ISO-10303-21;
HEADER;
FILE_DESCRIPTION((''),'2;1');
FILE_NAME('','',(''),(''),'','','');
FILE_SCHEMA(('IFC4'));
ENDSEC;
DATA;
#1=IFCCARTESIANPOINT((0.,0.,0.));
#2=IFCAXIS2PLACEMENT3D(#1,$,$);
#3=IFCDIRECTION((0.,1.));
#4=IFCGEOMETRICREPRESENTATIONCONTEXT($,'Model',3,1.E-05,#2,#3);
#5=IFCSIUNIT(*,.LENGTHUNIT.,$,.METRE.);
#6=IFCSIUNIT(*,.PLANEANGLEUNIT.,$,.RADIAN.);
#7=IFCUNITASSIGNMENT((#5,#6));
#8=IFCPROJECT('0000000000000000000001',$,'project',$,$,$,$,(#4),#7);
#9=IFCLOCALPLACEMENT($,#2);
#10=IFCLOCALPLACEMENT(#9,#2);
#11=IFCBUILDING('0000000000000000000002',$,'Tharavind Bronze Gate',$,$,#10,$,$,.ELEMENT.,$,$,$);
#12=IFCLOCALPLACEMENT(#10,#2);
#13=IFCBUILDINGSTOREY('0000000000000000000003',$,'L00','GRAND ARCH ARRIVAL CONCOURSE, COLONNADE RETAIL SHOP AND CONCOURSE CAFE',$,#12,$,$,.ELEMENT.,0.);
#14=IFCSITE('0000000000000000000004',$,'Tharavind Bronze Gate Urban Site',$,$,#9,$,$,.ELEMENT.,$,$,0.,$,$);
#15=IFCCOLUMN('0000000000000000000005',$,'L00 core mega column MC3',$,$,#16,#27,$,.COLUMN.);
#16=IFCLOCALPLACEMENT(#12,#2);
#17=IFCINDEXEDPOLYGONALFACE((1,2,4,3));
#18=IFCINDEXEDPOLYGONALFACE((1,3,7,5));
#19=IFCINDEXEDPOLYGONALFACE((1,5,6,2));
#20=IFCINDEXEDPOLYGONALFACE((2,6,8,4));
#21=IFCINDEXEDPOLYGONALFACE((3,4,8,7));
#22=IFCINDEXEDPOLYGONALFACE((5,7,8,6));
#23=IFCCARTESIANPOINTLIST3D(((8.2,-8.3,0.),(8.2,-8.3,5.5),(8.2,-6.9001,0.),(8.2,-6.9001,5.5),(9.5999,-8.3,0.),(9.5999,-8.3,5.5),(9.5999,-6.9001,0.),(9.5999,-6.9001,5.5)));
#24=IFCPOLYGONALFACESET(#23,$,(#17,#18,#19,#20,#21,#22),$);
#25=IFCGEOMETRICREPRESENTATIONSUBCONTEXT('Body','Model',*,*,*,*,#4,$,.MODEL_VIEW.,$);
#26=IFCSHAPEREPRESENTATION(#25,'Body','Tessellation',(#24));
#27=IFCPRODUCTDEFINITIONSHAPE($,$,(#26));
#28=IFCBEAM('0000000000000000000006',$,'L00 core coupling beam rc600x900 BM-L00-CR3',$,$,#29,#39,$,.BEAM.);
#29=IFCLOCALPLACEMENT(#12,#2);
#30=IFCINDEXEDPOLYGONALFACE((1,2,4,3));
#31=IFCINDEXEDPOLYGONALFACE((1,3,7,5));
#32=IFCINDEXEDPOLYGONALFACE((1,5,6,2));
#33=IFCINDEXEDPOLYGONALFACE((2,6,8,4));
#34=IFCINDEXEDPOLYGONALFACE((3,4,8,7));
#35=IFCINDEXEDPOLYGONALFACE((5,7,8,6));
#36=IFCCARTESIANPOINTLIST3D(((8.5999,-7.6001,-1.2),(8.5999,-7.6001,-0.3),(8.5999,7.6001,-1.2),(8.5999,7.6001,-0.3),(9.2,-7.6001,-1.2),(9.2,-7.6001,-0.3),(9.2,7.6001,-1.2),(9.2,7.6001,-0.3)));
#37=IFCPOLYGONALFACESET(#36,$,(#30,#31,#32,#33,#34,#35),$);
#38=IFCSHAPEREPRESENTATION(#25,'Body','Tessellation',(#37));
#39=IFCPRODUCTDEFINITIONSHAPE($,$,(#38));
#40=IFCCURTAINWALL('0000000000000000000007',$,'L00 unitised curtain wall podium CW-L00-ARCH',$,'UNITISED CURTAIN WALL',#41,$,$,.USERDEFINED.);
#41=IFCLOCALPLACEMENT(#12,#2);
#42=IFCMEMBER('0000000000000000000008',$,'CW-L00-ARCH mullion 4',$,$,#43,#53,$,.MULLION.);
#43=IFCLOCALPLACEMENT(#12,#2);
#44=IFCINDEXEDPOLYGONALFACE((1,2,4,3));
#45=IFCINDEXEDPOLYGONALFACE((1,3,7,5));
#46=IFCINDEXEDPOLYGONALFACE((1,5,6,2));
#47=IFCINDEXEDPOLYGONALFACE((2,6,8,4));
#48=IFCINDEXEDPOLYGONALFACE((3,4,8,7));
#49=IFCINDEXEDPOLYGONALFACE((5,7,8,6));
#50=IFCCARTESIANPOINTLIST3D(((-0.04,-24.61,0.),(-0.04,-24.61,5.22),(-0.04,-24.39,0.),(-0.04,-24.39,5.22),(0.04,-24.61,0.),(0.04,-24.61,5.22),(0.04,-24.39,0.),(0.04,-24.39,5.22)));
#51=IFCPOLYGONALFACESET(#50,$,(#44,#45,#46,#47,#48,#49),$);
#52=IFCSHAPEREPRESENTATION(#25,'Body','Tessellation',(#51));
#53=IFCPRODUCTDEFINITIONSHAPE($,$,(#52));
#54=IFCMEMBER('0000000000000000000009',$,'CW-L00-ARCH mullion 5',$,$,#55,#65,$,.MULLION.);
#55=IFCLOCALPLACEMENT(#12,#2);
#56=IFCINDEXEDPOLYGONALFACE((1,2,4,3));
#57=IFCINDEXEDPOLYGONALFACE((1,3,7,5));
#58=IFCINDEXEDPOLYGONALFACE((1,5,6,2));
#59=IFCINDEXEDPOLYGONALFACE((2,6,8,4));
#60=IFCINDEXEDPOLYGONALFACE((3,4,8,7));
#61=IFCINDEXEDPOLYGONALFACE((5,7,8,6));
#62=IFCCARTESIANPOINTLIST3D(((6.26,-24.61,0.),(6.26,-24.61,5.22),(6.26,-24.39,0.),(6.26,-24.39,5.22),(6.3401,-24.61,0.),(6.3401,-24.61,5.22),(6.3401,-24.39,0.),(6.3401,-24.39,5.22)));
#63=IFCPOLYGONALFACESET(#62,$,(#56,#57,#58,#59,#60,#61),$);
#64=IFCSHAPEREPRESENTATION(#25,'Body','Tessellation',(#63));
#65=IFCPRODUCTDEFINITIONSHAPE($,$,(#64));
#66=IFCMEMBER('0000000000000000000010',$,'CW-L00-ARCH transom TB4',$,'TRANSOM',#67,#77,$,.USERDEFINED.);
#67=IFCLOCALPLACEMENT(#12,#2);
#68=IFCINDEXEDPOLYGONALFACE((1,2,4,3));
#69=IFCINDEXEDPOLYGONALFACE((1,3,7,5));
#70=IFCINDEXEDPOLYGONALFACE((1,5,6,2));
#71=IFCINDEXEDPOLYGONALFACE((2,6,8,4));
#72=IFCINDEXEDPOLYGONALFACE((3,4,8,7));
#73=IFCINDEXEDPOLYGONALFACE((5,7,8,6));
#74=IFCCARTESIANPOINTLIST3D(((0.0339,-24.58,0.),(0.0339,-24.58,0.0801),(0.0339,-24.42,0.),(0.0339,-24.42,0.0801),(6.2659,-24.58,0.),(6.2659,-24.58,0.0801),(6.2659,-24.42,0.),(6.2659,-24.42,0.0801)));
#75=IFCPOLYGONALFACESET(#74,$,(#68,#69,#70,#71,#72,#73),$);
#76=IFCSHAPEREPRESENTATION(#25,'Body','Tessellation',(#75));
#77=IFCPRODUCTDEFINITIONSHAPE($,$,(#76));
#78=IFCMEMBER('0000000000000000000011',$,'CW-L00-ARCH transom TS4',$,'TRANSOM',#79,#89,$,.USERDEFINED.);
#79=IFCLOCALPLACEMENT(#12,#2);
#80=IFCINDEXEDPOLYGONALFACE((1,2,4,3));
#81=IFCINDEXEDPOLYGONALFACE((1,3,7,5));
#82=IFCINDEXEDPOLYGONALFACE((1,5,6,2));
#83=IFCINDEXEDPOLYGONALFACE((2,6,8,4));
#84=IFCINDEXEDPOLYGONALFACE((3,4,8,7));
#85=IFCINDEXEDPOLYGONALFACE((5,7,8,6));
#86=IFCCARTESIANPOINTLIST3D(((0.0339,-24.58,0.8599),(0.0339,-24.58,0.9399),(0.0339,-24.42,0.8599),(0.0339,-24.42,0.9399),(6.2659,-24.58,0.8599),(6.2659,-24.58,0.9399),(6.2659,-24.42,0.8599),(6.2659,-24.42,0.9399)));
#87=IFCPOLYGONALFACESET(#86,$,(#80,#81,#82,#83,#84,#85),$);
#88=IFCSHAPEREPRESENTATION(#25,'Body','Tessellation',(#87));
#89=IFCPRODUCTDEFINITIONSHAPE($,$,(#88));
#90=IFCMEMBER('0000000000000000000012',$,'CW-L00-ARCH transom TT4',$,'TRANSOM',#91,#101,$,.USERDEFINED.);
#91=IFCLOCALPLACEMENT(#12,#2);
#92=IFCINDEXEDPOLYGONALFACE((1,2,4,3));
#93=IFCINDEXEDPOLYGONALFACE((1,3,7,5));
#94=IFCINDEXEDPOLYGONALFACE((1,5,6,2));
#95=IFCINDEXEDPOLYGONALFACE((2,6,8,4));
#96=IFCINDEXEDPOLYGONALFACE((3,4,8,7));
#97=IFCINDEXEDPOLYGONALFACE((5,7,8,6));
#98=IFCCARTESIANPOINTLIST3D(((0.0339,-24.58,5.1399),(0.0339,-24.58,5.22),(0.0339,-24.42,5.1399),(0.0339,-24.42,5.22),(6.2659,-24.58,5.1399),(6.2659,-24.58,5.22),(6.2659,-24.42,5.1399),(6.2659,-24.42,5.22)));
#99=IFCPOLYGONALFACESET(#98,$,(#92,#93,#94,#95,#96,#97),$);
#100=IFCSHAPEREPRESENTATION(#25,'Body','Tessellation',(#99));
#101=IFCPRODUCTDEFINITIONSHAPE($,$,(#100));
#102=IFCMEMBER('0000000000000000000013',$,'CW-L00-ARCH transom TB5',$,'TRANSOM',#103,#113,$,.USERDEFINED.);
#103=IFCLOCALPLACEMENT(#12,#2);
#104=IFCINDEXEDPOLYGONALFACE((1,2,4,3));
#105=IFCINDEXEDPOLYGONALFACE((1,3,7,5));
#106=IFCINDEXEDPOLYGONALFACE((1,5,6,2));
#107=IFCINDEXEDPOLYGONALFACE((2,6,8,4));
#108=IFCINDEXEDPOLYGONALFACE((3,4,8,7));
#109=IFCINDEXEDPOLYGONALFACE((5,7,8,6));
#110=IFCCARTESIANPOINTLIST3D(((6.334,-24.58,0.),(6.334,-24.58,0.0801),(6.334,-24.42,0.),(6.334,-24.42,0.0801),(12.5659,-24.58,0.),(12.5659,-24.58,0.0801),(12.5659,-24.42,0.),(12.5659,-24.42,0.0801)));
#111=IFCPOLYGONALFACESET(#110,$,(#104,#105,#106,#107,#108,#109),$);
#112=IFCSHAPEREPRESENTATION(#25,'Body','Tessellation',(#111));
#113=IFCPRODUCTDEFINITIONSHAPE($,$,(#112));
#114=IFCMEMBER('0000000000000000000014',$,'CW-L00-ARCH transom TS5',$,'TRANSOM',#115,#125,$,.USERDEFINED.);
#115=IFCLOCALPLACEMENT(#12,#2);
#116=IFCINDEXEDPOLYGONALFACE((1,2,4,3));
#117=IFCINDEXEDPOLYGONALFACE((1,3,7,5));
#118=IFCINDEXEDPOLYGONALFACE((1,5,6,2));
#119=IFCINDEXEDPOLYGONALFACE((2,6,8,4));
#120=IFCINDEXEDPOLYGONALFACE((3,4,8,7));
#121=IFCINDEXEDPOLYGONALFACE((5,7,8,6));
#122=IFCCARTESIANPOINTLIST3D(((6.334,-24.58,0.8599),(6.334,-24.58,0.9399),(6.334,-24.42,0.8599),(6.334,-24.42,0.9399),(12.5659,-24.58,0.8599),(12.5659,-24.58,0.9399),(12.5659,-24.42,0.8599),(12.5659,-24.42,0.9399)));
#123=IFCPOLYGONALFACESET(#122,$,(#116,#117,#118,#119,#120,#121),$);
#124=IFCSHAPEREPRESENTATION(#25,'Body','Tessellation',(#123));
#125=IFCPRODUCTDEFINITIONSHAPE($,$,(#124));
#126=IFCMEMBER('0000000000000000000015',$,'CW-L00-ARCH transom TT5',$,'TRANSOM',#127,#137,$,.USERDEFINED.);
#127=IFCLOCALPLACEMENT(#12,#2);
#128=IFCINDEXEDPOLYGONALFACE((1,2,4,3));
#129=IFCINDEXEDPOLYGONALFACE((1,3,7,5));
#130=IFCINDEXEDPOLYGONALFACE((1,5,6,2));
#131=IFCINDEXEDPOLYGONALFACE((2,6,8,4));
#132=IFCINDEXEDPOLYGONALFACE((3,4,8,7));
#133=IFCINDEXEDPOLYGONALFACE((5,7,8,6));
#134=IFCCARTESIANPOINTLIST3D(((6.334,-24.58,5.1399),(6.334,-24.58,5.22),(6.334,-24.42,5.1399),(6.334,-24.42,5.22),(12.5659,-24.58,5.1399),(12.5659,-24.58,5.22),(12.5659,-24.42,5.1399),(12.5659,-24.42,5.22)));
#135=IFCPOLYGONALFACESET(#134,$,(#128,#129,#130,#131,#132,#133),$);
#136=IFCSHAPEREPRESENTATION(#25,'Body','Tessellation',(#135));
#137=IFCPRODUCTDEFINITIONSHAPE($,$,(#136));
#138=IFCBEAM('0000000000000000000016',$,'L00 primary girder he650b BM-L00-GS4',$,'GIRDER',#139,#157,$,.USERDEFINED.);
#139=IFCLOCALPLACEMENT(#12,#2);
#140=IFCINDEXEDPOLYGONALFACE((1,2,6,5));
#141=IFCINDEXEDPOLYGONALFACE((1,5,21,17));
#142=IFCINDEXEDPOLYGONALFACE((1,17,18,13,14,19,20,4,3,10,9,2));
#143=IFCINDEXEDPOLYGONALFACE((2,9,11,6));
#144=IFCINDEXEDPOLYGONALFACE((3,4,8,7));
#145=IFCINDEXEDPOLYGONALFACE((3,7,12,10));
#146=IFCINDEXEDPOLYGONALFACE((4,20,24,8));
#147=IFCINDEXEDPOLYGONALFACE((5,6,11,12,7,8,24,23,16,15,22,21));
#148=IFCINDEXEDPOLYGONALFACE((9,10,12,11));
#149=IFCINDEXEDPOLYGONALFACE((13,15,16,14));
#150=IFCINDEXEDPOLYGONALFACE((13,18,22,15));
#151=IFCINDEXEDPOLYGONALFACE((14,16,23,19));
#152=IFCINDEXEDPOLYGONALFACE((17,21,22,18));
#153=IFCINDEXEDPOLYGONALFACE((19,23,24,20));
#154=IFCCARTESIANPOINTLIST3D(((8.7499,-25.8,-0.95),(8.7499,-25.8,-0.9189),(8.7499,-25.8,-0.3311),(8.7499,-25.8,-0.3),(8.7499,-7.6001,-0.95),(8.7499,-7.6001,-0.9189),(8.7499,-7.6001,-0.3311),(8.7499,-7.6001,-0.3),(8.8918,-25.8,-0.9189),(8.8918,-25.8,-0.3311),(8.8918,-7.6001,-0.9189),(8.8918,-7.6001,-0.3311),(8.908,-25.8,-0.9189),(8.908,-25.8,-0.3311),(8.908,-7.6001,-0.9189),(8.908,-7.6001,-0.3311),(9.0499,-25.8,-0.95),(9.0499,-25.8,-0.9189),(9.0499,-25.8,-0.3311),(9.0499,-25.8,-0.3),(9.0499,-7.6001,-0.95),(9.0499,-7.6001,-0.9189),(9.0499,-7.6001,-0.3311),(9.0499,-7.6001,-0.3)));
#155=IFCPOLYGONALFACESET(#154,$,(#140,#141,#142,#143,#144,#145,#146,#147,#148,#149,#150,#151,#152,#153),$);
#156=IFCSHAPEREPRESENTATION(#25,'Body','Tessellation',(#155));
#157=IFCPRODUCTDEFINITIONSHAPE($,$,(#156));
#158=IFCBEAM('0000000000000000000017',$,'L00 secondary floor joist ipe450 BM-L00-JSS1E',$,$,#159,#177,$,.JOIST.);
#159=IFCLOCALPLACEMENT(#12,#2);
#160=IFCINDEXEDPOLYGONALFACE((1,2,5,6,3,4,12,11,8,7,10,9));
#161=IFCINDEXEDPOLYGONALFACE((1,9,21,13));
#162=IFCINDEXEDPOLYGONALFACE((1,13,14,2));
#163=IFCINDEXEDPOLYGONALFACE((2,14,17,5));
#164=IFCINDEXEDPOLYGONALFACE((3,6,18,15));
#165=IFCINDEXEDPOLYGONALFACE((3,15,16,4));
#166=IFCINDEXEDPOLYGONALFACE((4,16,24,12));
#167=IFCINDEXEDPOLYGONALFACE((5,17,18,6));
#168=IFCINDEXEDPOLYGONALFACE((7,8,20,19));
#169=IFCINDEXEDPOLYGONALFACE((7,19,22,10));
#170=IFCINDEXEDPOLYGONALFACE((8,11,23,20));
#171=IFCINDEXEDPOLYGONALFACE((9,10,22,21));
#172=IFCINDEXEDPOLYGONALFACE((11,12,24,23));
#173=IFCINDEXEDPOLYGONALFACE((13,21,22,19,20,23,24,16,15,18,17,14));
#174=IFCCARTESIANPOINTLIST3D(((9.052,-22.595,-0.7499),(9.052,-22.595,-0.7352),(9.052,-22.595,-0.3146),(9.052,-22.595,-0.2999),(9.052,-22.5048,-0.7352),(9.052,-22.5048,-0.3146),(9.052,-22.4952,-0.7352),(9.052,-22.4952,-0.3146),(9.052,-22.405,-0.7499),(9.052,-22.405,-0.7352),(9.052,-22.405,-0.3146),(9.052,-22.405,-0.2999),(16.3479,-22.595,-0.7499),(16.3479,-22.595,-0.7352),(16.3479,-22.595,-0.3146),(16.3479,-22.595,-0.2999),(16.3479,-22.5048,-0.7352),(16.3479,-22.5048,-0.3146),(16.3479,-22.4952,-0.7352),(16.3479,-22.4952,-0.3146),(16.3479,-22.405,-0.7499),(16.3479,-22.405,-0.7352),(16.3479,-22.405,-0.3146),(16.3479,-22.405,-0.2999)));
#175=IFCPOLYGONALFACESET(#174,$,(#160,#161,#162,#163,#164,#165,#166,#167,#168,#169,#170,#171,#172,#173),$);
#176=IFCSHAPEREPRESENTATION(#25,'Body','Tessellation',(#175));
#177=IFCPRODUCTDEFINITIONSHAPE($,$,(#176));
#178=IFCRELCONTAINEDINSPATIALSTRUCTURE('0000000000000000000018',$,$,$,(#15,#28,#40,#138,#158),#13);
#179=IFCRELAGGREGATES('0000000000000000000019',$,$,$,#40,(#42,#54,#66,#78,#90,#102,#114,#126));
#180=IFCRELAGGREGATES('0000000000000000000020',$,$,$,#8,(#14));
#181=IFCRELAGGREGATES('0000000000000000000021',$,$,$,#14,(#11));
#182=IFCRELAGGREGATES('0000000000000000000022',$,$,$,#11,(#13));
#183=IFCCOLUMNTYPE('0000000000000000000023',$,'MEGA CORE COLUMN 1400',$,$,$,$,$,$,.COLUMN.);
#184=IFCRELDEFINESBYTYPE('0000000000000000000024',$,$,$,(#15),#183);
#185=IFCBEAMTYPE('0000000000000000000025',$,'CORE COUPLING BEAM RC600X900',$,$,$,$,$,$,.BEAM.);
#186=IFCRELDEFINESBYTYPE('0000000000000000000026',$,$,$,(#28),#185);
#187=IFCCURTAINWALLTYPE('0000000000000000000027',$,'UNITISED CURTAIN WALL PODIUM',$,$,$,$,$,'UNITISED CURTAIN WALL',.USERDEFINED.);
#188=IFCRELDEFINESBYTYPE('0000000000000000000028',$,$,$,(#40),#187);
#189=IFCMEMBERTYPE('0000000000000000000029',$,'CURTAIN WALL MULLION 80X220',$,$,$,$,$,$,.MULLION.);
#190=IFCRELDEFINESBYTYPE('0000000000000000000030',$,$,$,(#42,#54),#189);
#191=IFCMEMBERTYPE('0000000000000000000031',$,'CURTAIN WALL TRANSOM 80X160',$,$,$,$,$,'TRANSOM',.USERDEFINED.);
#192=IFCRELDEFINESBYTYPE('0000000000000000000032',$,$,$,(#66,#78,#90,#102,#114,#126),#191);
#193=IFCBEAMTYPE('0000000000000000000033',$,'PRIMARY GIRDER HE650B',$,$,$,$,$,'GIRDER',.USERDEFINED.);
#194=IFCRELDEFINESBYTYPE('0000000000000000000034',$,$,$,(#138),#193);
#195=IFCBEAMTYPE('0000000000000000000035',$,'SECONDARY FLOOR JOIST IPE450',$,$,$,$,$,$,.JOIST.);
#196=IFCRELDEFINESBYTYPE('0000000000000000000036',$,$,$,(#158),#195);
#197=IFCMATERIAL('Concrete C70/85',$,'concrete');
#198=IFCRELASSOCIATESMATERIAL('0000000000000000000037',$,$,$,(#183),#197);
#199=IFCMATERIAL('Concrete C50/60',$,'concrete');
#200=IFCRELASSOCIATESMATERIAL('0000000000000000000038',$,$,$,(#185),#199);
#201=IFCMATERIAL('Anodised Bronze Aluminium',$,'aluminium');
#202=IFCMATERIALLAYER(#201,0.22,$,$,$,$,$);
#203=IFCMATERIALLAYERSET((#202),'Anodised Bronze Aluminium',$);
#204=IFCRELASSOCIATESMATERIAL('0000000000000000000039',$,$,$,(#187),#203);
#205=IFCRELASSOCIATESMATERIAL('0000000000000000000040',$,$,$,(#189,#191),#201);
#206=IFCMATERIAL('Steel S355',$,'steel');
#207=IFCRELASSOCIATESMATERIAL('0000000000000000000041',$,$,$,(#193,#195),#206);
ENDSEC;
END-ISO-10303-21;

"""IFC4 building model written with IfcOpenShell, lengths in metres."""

from ifc_helpers import new_model, si_unit, direction, frame, origin, origin_2d, place, context, subcontext, project, spatial, rectangle, i_section, extrude, material, layer, layer_set, material_profile, profile_set, type_object, element, aggregate, save


model = new_model("IFC4")

# Units and contexts
model_context = context("Model", 3, precision=1e-05, world=origin(), true_north=direction((0.0, 1.0)))
body_context = subcontext(model_context, "Body", "Model", "MODEL_VIEW")
ifc_project = project(units=[si_unit("LENGTHUNIT", "METRE"), si_unit("PLANEANGLEUNIT", "RADIAN")], contexts=[model_context])

# Site, building, storey
site_placement = place(None, origin())
site = spatial("IfcSite", under=ifc_project, at=site_placement, Name="Tharavind Bronze Gate Urban Site", CompositionType="ELEMENT", RefElevation=0.0)
building_placement = place(site_placement, origin())
building = spatial("IfcBuilding", under=site, at=building_placement, Name="Tharavind Bronze Gate", CompositionType="ELEMENT")
storey_placement = place(building_placement, origin())
storey = spatial("IfcBuildingStorey", under=building, at=storey_placement, Name="L00", Description="GRAND ARCH ARRIVAL CONCOURSE, COLONNADE RETAIL SHOP AND CONCOURSE CAFE", CompositionType="ELEMENT", Elevation=0.0)

# Column
ifc_material_1 = material(Name="Concrete C70/85", Category="concrete")
ifc_material_profile_1 = material_profile(ifc_material_1, rectangle(XDim=1.3999, YDim=1.3999, at=origin_2d()), Name="RCCOL1400")
ifc_profile_set_1 = profile_set([ifc_material_profile_1], Name="Concrete C70/85")
column_type = type_object("IfcColumnType", Name="MEGA CORE COLUMN 1400", PredefinedType="COLUMN", material=ifc_profile_set_1)
column_placement = place(storey_placement, frame((8.8999, -7.6001, 0.0), z_axis=(0.0, 0.0, 1.0), x_axis=(1.0, 0.0, 0.0)))
element("IfcColumn", 1, at=column_placement, inside=storey, type_object=column_type, Name="L00 core mega column MC3", PredefinedType="COLUMN", context=body_context, shape_type="SweptSolid", body=[
    extrude(rectangle(XDim=1.3999, YDim=1.3999, at=origin_2d()), origin(), (0.0, 0.0, 1.0), 5.5),
])

# Beam
ifc_material_2 = material(Name="Concrete C50/60", Category="concrete")
ifc_material_profile_2 = material_profile(ifc_material_2, rectangle(XDim=0.6001, YDim=0.8999, at=origin_2d()), Name="RCBM600X900")
ifc_profile_set_2 = profile_set([ifc_material_profile_2], Name="Concrete C50/60")
beam_type_1 = type_object("IfcBeamType", Name="CORE COUPLING BEAM RC600X900", PredefinedType="BEAM", material=ifc_profile_set_2)
beam_1_placement = place(storey_placement, frame((8.8999, -7.6001, -0.75), z_axis=(0.0, 1.0, 0.0), x_axis=(-1.0, 0.0, 0.0)))
element("IfcBeam", 2, at=beam_1_placement, inside=storey, type_object=beam_type_1, Name="L00 core coupling beam rc600x900 BM-L00-CR3", PredefinedType="BEAM", context=body_context, shape_type="SweptSolid", body=[
    extrude(rectangle(XDim=0.6001, YDim=0.8999, at=origin_2d()), origin(), (0.0, 0.0, 1.0), 15.2002),
])

# Curtain wall, members
ifc_material_3 = material(Name="Anodised Bronze Aluminium", Category="aluminium")
ifc_layer_1 = layer(ifc_material_3, 0.22)
ifc_layer_set_1 = layer_set([ifc_layer_1], Name="Anodised Bronze Aluminium")
curtain_wall_type = type_object("IfcCurtainWallType", Name="UNITISED CURTAIN WALL PODIUM", ElementType="UNITISED CURTAIN WALL", PredefinedType="USERDEFINED", material=ifc_layer_set_1)
curtain_wall_placement = place(storey_placement, origin())
curtain_wall = element("IfcCurtainWall", 3, at=curtain_wall_placement, inside=storey, type_object=curtain_wall_type, Name="L00 unitised curtain wall podium CW-L00-ARCH", ObjectType="UNITISED CURTAIN WALL", PredefinedType="USERDEFINED")
member_type_1 = type_object("IfcMemberType", Name="CURTAIN WALL MULLION 80X220", PredefinedType="MULLION", material=ifc_material_3)
member_1_placement = place(storey_placement, frame((0.0, -24.5, 0.0), z_axis=(0.0, 0.0, 1.0), x_axis=(1.0, 0.0, 0.0)))
member_1 = element("IfcMember", 4, at=member_1_placement, type_object=member_type_1, Name="CW-L00-ARCH mullion 4", PredefinedType="MULLION", context=body_context, shape_type="SweptSolid", body=[
    extrude(rectangle(XDim=0.0801, YDim=0.22, at=origin_2d()), origin(), (0.0, 0.0, 1.0), 5.22),
])
member_2_placement = place(storey_placement, frame((6.3, -24.5, 0.0), z_axis=(0.0, 0.0, 1.0), x_axis=(1.0, 0.0, 0.0)))
member_2 = element("IfcMember", 5, at=member_2_placement, type_object=member_type_1, Name="CW-L00-ARCH mullion 5", PredefinedType="MULLION", context=body_context, shape_type="SweptSolid", body=[
    extrude(rectangle(XDim=0.0801, YDim=0.22, at=origin_2d()), origin(), (0.0, 0.0, 1.0), 5.22),
])
member_type_2 = type_object("IfcMemberType", Name="CURTAIN WALL TRANSOM 80X160", ElementType="TRANSOM", PredefinedType="USERDEFINED", material=ifc_material_3)
member_3_placement = place(storey_placement, frame((3.1499, -24.5, 0.0), z_axis=(0.0, 0.0, 1.0), x_axis=(1.0, 0.0, 0.0)))
member_3 = element("IfcMember", 6, at=member_3_placement, type_object=member_type_2, Name="CW-L00-ARCH transom TB4", ObjectType="TRANSOM", PredefinedType="USERDEFINED", context=body_context, shape_type="SweptSolid", body=[
    extrude(rectangle(XDim=6.2319, YDim=0.1599, at=origin_2d()), origin(), (0.0, 0.0, 1.0), 0.0801),
])
member_4_placement = place(storey_placement, frame((3.1499, -24.5, 0.8599), z_axis=(0.0, 0.0, 1.0), x_axis=(1.0, 0.0, 0.0)))
member_4 = element("IfcMember", 7, at=member_4_placement, type_object=member_type_2, Name="CW-L00-ARCH transom TS4", ObjectType="TRANSOM", PredefinedType="USERDEFINED", context=body_context, shape_type="SweptSolid", body=[
    extrude(rectangle(XDim=6.2319, YDim=0.1599, at=origin_2d()), origin(), (0.0, 0.0, 1.0), 0.0801),
])
member_5_placement = place(storey_placement, frame((3.1499, -24.5, 5.1399), z_axis=(0.0, 0.0, 1.0), x_axis=(1.0, 0.0, 0.0)))
member_5 = element("IfcMember", 8, at=member_5_placement, type_object=member_type_2, Name="CW-L00-ARCH transom TT4", ObjectType="TRANSOM", PredefinedType="USERDEFINED", context=body_context, shape_type="SweptSolid", body=[
    extrude(rectangle(XDim=6.2319, YDim=0.1599, at=origin_2d()), origin(), (0.0, 0.0, 1.0), 0.0801),
])
member_6_placement = place(storey_placement, frame((9.45, -24.5, 0.0), z_axis=(0.0, 0.0, 1.0), x_axis=(1.0, 0.0, 0.0)))
member_6 = element("IfcMember", 9, at=member_6_placement, type_object=member_type_2, Name="CW-L00-ARCH transom TB5", ObjectType="TRANSOM", PredefinedType="USERDEFINED", context=body_context, shape_type="SweptSolid", body=[
    extrude(rectangle(XDim=6.2319, YDim=0.1599, at=origin_2d()), origin(), (0.0, 0.0, 1.0), 0.0801),
])
member_7_placement = place(storey_placement, frame((9.45, -24.5, 0.8599), z_axis=(0.0, 0.0, 1.0), x_axis=(1.0, 0.0, 0.0)))
member_7 = element("IfcMember", 10, at=member_7_placement, type_object=member_type_2, Name="CW-L00-ARCH transom TS5", ObjectType="TRANSOM", PredefinedType="USERDEFINED", context=body_context, shape_type="SweptSolid", body=[
    extrude(rectangle(XDim=6.2319, YDim=0.1599, at=origin_2d()), origin(), (0.0, 0.0, 1.0), 0.0801),
])
member_8_placement = place(storey_placement, frame((9.45, -24.5, 5.1399), z_axis=(0.0, 0.0, 1.0), x_axis=(1.0, 0.0, 0.0)))
member_8 = element("IfcMember", 11, at=member_8_placement, type_object=member_type_2, Name="CW-L00-ARCH transom TT5", ObjectType="TRANSOM", PredefinedType="USERDEFINED", context=body_context, shape_type="SweptSolid", body=[
    extrude(rectangle(XDim=6.2319, YDim=0.1599, at=origin_2d()), origin(), (0.0, 0.0, 1.0), 0.0801),
])

# Beams
ifc_material_4 = material(Name="Steel S355", Category="steel")
ifc_material_profile_3 = material_profile(ifc_material_4, i_section(OverallWidth=0.3, OverallDepth=0.6499, WebThickness=0.0161, FlangeThickness=0.031, at=origin_2d()), Name="HE650B")
ifc_profile_set_3 = profile_set([ifc_material_profile_3], Name="Steel S355")
beam_type_2 = type_object("IfcBeamType", Name="PRIMARY GIRDER HE650B", ElementType="GIRDER", PredefinedType="USERDEFINED", material=ifc_profile_set_3)
beam_2_placement = place(storey_placement, frame((8.8999, -25.8, -0.625), z_axis=(0.0, 1.0, 0.0), x_axis=(-1.0, 0.0, 0.0)))
element("IfcBeam", 12, at=beam_2_placement, inside=storey, type_object=beam_type_2, Name="L00 primary girder he650b BM-L00-GS4", ObjectType="GIRDER", PredefinedType="USERDEFINED", context=body_context, shape_type="SweptSolid", body=[
    extrude(i_section(OverallWidth=0.3, OverallDepth=0.6499, WebThickness=0.0161, FlangeThickness=0.031, at=origin_2d()), origin(), (0.0, 0.0, 1.0), 18.2),
])
ifc_material_profile_4 = material_profile(ifc_material_4, i_section(OverallWidth=0.1899, OverallDepth=0.45, WebThickness=0.0095, FlangeThickness=0.0146, at=origin_2d()), Name="IPE450")
ifc_profile_set_4 = profile_set([ifc_material_profile_4], Name="Steel S355")
beam_type_3 = type_object("IfcBeamType", Name="SECONDARY FLOOR JOIST IPE450", PredefinedType="JOIST", material=ifc_profile_set_4)
for number, where, z_axis, x_axis, name in (
    (13, (9.052, -22.5, -0.5249), (1.0, 0.0, 0.0), (0.0, 1.0, 0.0), "L00 secondary floor joist ipe450 BM-L00-JSS1E"),
):
    element("IfcBeam", number, at=place(storey_placement, frame(where, z_axis=z_axis, x_axis=x_axis)), inside=storey, type_object=beam_type_3, Name=name, PredefinedType="JOIST", context=body_context, shape_type="SweptSolid", body=[
        extrude(i_section(OverallWidth=0.1899, OverallDepth=0.45, WebThickness=0.0095, FlangeThickness=0.0146, at=origin_2d()), origin(), (0.0, 0.0, 1.0), 7.2959),
    ])

aggregate(curtain_wall, [member_1, member_2, member_3, member_4, member_5, member_6, member_7, member_8])

save(model, "model.ifc")
